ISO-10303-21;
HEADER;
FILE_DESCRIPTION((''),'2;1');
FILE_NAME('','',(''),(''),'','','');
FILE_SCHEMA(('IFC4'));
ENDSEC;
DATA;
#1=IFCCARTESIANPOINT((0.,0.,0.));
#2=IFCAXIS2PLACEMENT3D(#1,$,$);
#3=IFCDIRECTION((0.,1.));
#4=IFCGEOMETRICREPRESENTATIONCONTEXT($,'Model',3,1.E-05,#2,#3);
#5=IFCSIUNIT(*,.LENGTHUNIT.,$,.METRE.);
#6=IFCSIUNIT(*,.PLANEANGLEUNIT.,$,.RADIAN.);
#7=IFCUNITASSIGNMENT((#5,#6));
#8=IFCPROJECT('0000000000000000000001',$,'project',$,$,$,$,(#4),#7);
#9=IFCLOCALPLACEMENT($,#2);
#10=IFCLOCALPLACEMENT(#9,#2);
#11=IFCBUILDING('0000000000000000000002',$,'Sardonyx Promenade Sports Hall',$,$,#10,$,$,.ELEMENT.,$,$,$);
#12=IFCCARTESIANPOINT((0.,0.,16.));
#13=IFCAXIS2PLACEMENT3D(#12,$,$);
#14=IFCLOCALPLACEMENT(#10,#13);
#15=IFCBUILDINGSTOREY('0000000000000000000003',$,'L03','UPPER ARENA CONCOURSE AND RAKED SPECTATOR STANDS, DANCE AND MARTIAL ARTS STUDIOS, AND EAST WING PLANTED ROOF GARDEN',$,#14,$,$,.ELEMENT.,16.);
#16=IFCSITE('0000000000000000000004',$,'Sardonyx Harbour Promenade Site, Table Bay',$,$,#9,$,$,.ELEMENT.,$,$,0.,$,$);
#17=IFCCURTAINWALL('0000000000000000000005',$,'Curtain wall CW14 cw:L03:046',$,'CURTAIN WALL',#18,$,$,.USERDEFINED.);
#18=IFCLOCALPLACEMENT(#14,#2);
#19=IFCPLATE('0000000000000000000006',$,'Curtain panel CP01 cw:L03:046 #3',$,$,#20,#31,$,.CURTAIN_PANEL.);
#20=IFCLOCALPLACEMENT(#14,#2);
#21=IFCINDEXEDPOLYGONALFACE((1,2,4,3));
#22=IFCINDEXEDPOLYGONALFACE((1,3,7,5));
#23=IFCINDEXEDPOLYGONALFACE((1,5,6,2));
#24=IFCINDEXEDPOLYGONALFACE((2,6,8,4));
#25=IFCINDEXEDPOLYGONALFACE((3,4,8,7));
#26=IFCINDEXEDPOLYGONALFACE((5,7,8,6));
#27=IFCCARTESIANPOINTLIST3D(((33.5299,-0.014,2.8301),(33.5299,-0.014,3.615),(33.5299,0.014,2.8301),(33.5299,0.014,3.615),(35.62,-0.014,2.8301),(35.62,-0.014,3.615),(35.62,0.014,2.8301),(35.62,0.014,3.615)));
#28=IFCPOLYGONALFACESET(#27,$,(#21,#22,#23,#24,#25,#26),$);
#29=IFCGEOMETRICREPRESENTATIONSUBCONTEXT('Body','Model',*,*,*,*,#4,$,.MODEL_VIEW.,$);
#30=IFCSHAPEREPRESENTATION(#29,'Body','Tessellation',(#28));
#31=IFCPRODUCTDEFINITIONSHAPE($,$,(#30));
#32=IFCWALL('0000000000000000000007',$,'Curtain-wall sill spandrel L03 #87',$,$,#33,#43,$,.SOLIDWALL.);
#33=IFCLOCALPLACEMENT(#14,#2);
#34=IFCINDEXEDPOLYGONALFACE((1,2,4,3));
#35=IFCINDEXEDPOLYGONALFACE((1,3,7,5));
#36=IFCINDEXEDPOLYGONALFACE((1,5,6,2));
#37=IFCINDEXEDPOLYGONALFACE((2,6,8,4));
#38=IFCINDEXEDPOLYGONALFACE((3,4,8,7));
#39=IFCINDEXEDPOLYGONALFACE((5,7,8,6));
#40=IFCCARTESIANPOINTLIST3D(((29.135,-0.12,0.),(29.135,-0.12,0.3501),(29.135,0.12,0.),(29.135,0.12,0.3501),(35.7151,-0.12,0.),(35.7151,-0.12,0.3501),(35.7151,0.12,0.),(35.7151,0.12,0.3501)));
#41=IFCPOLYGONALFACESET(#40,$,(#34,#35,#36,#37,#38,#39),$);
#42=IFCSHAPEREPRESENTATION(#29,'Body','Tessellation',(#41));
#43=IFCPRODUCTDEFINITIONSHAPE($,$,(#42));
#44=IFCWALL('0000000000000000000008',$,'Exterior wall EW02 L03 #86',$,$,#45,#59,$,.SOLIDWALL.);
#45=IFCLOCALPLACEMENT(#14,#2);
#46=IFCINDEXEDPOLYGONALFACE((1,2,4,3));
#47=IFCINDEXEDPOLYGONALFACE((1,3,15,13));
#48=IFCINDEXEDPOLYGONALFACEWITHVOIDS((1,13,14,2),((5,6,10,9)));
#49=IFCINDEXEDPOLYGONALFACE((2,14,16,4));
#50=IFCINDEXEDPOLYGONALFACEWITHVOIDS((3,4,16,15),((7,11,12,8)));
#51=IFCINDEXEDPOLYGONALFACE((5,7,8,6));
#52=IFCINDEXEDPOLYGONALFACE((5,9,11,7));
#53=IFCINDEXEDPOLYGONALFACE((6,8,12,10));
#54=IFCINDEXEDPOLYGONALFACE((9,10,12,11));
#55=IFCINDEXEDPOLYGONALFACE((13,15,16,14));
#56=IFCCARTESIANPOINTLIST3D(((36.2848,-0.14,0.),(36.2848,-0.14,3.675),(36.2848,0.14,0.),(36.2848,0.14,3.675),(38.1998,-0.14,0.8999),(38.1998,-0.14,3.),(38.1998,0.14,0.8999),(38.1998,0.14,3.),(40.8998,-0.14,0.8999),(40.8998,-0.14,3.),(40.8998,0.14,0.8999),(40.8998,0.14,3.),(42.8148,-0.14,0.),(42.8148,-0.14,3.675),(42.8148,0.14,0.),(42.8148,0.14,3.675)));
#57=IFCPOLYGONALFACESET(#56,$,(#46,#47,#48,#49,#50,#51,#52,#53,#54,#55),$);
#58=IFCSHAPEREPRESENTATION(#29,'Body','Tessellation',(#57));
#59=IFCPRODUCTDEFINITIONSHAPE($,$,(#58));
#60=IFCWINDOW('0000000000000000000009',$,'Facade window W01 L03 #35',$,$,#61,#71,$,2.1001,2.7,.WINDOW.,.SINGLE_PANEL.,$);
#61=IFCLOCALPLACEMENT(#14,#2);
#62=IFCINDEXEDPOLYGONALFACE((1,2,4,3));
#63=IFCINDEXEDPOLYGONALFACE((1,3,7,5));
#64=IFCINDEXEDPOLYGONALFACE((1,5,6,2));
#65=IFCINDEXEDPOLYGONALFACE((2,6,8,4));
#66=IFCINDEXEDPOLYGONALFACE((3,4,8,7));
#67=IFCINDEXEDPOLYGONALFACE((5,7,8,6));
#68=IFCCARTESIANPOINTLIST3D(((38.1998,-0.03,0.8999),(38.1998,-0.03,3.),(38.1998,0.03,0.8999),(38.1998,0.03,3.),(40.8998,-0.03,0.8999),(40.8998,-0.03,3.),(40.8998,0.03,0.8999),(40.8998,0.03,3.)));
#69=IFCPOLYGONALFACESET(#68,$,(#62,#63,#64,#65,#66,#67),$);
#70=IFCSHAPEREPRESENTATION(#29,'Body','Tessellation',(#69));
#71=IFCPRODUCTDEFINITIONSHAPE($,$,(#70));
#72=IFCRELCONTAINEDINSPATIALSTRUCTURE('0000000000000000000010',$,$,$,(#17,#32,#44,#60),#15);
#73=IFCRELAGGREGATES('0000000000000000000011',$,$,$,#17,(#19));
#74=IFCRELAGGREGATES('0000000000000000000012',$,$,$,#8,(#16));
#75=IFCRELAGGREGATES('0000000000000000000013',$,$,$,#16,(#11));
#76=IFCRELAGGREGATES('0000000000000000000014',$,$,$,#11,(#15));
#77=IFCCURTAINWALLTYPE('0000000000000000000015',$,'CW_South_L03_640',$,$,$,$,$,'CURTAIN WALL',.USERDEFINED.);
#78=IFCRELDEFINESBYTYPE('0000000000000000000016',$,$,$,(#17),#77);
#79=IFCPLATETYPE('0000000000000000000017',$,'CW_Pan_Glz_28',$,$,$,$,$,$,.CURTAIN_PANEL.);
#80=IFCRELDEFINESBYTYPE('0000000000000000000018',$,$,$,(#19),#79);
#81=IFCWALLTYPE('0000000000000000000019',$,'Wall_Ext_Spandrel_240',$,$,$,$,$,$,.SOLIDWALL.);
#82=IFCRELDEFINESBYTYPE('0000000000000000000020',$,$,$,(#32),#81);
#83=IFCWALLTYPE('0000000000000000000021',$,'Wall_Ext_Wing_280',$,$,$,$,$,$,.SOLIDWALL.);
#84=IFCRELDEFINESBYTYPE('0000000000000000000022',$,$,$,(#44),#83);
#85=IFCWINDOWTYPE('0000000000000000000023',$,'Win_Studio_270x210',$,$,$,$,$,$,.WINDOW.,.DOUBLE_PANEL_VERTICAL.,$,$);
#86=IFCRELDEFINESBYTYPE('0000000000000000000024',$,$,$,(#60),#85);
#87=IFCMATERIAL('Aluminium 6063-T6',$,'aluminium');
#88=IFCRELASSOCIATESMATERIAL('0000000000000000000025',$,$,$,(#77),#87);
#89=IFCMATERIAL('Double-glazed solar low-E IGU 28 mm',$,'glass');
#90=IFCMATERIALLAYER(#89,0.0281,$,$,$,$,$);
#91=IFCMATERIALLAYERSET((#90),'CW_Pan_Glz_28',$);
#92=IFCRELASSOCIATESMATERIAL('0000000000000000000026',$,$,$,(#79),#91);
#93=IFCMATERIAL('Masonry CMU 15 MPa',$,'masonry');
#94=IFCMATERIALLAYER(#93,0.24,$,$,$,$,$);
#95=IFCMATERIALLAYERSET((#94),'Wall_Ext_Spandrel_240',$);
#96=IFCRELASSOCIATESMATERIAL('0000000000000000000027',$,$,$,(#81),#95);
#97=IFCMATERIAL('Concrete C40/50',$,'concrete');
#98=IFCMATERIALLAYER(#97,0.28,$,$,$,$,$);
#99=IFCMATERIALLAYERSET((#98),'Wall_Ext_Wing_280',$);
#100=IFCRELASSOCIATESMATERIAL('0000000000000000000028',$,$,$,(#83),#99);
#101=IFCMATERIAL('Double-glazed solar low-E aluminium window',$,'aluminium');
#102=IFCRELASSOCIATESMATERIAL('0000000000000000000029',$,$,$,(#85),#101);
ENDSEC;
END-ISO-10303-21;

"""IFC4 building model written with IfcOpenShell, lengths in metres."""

from ifc_helpers import new_model, si_unit, direction, frame, frame_2d, origin, origin_2d, place, context, subcontext, project, spatial, rectangle, extrude, material, layer, layer_set, type_object, element, fill, aggregate, save


model = new_model("IFC4")

# Units and contexts
model_context = context("Model", 3, precision=1e-05, world=origin(), true_north=direction((0.0, 1.0)))
body_context = subcontext(model_context, "Body", "Model", "MODEL_VIEW")
ifc_project = project(units=[si_unit("LENGTHUNIT", "METRE"), si_unit("PLANEANGLEUNIT", "RADIAN")], contexts=[model_context])

# Site, building, storey
site_placement = place(None, origin())
site = spatial("IfcSite", under=ifc_project, at=site_placement, Name="Sardonyx Harbour Promenade Site, Table Bay", CompositionType="ELEMENT", RefElevation=0.0)
building_placement = place(site_placement, origin())
building = spatial("IfcBuilding", under=site, at=building_placement, Name="Sardonyx Promenade Sports Hall", CompositionType="ELEMENT")
storey_placement = place(building_placement, frame((0.0, 0.0, 16.0)))
storey = spatial("IfcBuildingStorey", under=building, at=storey_placement, Name="L03", Description="UPPER ARENA CONCOURSE AND RAKED SPECTATOR STANDS, DANCE AND MARTIAL ARTS STUDIOS, AND EAST WING PLANTED ROOF GARDEN", CompositionType="ELEMENT", Elevation=16.0)

# Curtain wall, plate
ifc_material_1 = material(Name="Aluminium 6063-T6", Category="aluminium")
curtain_wall_type = type_object("IfcCurtainWallType", Name="CW_South_L03_640", ElementType="CURTAIN WALL", PredefinedType="USERDEFINED", material=ifc_material_1)
curtain_wall_placement = place(storey_placement, origin())
curtain_wall = element("IfcCurtainWall", 1, at=curtain_wall_placement, inside=storey, type_object=curtain_wall_type, Name="Curtain wall CW14 cw:L03:046", ObjectType="CURTAIN WALL", PredefinedType="USERDEFINED")
ifc_material_2 = material(Name="Double-glazed solar low-E IGU 28 mm", Category="glass")
ifc_layer_1 = layer(ifc_material_2, 0.0281)
ifc_layer_set_1 = layer_set([ifc_layer_1], Name="CW_Pan_Glz_28")
plate_type = type_object("IfcPlateType", Name="CW_Pan_Glz_28", PredefinedType="CURTAIN_PANEL", material=ifc_layer_set_1)
plate_1_placement = place(storey_placement, frame((34.575, 0.0, 2.8301), z_axis=(0.0, 0.0, 1.0), x_axis=(-1.0, 0.0, 0.0)))
plate_1 = element("IfcPlate", 2, at=plate_1_placement, type_object=plate_type, Name="Curtain panel CP01 cw:L03:046 #3", PredefinedType="CURTAIN_PANEL", context=body_context, shape_type="SweptSolid", body=[
    extrude(rectangle(XDim=2.0901, YDim=0.0281, at=origin_2d()), origin(), (0.0, 0.0, 1.0), 0.7849),
])
aggregate(curtain_wall, [plate_1])

# Wall
ifc_material_3 = material(Name="Masonry CMU 15 MPa", Category="masonry")
ifc_layer_2 = layer(ifc_material_3, 0.24)
ifc_layer_set_2 = layer_set([ifc_layer_2], Name="Wall_Ext_Spandrel_240")
wall_type_1 = type_object("IfcWallType", Name="Wall_Ext_Spandrel_240", PredefinedType="SOLIDWALL", material=ifc_layer_set_2)
wall_1_placement = place(storey_placement, frame((35.7151, 0.0, 0.0), z_axis=(0.0, 0.0, 1.0), x_axis=(-1.0, 0.0, 0.0)))
element("IfcWall", 3, at=wall_1_placement, inside=storey, type_object=wall_type_1, Name="Curtain-wall sill spandrel L03 #87", PredefinedType="SOLIDWALL", context=body_context, shape_type="SweptSolid", body=[
    extrude(rectangle(XDim=6.5801, YDim=0.24, at=frame_2d((3.29, 0.0))), origin(), (0.0, 0.0, 1.0), 0.3501),
])

# Wall, opening, window
ifc_material_4 = material(Name="Concrete C40/50", Category="concrete")
ifc_layer_3 = layer(ifc_material_4, 0.28)
ifc_layer_set_3 = layer_set([ifc_layer_3], Name="Wall_Ext_Wing_280")
wall_type_2 = type_object("IfcWallType", Name="Wall_Ext_Wing_280", PredefinedType="SOLIDWALL", material=ifc_layer_set_3)
wall_2_placement = place(storey_placement, frame((42.8149, 0.0, 0.0), z_axis=(0.0, 0.0, 1.0), x_axis=(-1.0, 0.0, 0.0)))
wall_2 = element("IfcWall", 4, at=wall_2_placement, inside=storey, type_object=wall_type_2, Name="Exterior wall EW02 L03 #86", PredefinedType="SOLIDWALL", context=body_context, shape_type="SweptSolid", body=[
    extrude(rectangle(XDim=6.53, YDim=0.28, at=frame_2d((3.2651, 0.0))), origin(), (0.0, 0.0, 1.0), 3.675),
])
opening_placement = place(wall_2_placement, frame((1.915, 0.0, 0.8999)))
opening = element("IfcOpeningElement", 5, at=opening_placement, cuts=wall_2, PredefinedType="OPENING", context=body_context, shape_type="SweptSolid", body=[
    extrude(rectangle(XDim=2.7, YDim=2.1001, at=frame_2d((1.3501, 1.05))), frame((0.0, 0.15, 0.0), z_axis=(0.0, -1.0, 0.0), x_axis=(1.0, 0.0, 0.0)), (0.0, 0.0, 1.0), 0.3),
])
ifc_material_5 = material(Name="Double-glazed solar low-E aluminium window", Category="aluminium")
window_type = type_object("IfcWindowType", Name="Win_Studio_270x210", PartitioningType="DOUBLE_PANEL_VERTICAL", PredefinedType="WINDOW", material=ifc_material_5)
window_placement = place(opening_placement, origin())
window = element("IfcWindow", 6, at=window_placement, inside=storey, type_object=window_type, Name="Facade window W01 L03 #35", OverallHeight=2.1001, OverallWidth=2.7, PartitioningType="SINGLE_PANEL", PredefinedType="WINDOW", context=body_context, shape_type="SweptSolid", body=[
    extrude(rectangle(XDim=2.7, YDim=2.1001, at=frame_2d((1.3501, 1.05))), frame((0.0, 0.03, 0.0), z_axis=(0.0, -1.0, 0.0), x_axis=(1.0, 0.0, 0.0)), (0.0, 0.0, 1.0), 0.0601),
])
fill(opening, window)

save(model, "model.ifc")
